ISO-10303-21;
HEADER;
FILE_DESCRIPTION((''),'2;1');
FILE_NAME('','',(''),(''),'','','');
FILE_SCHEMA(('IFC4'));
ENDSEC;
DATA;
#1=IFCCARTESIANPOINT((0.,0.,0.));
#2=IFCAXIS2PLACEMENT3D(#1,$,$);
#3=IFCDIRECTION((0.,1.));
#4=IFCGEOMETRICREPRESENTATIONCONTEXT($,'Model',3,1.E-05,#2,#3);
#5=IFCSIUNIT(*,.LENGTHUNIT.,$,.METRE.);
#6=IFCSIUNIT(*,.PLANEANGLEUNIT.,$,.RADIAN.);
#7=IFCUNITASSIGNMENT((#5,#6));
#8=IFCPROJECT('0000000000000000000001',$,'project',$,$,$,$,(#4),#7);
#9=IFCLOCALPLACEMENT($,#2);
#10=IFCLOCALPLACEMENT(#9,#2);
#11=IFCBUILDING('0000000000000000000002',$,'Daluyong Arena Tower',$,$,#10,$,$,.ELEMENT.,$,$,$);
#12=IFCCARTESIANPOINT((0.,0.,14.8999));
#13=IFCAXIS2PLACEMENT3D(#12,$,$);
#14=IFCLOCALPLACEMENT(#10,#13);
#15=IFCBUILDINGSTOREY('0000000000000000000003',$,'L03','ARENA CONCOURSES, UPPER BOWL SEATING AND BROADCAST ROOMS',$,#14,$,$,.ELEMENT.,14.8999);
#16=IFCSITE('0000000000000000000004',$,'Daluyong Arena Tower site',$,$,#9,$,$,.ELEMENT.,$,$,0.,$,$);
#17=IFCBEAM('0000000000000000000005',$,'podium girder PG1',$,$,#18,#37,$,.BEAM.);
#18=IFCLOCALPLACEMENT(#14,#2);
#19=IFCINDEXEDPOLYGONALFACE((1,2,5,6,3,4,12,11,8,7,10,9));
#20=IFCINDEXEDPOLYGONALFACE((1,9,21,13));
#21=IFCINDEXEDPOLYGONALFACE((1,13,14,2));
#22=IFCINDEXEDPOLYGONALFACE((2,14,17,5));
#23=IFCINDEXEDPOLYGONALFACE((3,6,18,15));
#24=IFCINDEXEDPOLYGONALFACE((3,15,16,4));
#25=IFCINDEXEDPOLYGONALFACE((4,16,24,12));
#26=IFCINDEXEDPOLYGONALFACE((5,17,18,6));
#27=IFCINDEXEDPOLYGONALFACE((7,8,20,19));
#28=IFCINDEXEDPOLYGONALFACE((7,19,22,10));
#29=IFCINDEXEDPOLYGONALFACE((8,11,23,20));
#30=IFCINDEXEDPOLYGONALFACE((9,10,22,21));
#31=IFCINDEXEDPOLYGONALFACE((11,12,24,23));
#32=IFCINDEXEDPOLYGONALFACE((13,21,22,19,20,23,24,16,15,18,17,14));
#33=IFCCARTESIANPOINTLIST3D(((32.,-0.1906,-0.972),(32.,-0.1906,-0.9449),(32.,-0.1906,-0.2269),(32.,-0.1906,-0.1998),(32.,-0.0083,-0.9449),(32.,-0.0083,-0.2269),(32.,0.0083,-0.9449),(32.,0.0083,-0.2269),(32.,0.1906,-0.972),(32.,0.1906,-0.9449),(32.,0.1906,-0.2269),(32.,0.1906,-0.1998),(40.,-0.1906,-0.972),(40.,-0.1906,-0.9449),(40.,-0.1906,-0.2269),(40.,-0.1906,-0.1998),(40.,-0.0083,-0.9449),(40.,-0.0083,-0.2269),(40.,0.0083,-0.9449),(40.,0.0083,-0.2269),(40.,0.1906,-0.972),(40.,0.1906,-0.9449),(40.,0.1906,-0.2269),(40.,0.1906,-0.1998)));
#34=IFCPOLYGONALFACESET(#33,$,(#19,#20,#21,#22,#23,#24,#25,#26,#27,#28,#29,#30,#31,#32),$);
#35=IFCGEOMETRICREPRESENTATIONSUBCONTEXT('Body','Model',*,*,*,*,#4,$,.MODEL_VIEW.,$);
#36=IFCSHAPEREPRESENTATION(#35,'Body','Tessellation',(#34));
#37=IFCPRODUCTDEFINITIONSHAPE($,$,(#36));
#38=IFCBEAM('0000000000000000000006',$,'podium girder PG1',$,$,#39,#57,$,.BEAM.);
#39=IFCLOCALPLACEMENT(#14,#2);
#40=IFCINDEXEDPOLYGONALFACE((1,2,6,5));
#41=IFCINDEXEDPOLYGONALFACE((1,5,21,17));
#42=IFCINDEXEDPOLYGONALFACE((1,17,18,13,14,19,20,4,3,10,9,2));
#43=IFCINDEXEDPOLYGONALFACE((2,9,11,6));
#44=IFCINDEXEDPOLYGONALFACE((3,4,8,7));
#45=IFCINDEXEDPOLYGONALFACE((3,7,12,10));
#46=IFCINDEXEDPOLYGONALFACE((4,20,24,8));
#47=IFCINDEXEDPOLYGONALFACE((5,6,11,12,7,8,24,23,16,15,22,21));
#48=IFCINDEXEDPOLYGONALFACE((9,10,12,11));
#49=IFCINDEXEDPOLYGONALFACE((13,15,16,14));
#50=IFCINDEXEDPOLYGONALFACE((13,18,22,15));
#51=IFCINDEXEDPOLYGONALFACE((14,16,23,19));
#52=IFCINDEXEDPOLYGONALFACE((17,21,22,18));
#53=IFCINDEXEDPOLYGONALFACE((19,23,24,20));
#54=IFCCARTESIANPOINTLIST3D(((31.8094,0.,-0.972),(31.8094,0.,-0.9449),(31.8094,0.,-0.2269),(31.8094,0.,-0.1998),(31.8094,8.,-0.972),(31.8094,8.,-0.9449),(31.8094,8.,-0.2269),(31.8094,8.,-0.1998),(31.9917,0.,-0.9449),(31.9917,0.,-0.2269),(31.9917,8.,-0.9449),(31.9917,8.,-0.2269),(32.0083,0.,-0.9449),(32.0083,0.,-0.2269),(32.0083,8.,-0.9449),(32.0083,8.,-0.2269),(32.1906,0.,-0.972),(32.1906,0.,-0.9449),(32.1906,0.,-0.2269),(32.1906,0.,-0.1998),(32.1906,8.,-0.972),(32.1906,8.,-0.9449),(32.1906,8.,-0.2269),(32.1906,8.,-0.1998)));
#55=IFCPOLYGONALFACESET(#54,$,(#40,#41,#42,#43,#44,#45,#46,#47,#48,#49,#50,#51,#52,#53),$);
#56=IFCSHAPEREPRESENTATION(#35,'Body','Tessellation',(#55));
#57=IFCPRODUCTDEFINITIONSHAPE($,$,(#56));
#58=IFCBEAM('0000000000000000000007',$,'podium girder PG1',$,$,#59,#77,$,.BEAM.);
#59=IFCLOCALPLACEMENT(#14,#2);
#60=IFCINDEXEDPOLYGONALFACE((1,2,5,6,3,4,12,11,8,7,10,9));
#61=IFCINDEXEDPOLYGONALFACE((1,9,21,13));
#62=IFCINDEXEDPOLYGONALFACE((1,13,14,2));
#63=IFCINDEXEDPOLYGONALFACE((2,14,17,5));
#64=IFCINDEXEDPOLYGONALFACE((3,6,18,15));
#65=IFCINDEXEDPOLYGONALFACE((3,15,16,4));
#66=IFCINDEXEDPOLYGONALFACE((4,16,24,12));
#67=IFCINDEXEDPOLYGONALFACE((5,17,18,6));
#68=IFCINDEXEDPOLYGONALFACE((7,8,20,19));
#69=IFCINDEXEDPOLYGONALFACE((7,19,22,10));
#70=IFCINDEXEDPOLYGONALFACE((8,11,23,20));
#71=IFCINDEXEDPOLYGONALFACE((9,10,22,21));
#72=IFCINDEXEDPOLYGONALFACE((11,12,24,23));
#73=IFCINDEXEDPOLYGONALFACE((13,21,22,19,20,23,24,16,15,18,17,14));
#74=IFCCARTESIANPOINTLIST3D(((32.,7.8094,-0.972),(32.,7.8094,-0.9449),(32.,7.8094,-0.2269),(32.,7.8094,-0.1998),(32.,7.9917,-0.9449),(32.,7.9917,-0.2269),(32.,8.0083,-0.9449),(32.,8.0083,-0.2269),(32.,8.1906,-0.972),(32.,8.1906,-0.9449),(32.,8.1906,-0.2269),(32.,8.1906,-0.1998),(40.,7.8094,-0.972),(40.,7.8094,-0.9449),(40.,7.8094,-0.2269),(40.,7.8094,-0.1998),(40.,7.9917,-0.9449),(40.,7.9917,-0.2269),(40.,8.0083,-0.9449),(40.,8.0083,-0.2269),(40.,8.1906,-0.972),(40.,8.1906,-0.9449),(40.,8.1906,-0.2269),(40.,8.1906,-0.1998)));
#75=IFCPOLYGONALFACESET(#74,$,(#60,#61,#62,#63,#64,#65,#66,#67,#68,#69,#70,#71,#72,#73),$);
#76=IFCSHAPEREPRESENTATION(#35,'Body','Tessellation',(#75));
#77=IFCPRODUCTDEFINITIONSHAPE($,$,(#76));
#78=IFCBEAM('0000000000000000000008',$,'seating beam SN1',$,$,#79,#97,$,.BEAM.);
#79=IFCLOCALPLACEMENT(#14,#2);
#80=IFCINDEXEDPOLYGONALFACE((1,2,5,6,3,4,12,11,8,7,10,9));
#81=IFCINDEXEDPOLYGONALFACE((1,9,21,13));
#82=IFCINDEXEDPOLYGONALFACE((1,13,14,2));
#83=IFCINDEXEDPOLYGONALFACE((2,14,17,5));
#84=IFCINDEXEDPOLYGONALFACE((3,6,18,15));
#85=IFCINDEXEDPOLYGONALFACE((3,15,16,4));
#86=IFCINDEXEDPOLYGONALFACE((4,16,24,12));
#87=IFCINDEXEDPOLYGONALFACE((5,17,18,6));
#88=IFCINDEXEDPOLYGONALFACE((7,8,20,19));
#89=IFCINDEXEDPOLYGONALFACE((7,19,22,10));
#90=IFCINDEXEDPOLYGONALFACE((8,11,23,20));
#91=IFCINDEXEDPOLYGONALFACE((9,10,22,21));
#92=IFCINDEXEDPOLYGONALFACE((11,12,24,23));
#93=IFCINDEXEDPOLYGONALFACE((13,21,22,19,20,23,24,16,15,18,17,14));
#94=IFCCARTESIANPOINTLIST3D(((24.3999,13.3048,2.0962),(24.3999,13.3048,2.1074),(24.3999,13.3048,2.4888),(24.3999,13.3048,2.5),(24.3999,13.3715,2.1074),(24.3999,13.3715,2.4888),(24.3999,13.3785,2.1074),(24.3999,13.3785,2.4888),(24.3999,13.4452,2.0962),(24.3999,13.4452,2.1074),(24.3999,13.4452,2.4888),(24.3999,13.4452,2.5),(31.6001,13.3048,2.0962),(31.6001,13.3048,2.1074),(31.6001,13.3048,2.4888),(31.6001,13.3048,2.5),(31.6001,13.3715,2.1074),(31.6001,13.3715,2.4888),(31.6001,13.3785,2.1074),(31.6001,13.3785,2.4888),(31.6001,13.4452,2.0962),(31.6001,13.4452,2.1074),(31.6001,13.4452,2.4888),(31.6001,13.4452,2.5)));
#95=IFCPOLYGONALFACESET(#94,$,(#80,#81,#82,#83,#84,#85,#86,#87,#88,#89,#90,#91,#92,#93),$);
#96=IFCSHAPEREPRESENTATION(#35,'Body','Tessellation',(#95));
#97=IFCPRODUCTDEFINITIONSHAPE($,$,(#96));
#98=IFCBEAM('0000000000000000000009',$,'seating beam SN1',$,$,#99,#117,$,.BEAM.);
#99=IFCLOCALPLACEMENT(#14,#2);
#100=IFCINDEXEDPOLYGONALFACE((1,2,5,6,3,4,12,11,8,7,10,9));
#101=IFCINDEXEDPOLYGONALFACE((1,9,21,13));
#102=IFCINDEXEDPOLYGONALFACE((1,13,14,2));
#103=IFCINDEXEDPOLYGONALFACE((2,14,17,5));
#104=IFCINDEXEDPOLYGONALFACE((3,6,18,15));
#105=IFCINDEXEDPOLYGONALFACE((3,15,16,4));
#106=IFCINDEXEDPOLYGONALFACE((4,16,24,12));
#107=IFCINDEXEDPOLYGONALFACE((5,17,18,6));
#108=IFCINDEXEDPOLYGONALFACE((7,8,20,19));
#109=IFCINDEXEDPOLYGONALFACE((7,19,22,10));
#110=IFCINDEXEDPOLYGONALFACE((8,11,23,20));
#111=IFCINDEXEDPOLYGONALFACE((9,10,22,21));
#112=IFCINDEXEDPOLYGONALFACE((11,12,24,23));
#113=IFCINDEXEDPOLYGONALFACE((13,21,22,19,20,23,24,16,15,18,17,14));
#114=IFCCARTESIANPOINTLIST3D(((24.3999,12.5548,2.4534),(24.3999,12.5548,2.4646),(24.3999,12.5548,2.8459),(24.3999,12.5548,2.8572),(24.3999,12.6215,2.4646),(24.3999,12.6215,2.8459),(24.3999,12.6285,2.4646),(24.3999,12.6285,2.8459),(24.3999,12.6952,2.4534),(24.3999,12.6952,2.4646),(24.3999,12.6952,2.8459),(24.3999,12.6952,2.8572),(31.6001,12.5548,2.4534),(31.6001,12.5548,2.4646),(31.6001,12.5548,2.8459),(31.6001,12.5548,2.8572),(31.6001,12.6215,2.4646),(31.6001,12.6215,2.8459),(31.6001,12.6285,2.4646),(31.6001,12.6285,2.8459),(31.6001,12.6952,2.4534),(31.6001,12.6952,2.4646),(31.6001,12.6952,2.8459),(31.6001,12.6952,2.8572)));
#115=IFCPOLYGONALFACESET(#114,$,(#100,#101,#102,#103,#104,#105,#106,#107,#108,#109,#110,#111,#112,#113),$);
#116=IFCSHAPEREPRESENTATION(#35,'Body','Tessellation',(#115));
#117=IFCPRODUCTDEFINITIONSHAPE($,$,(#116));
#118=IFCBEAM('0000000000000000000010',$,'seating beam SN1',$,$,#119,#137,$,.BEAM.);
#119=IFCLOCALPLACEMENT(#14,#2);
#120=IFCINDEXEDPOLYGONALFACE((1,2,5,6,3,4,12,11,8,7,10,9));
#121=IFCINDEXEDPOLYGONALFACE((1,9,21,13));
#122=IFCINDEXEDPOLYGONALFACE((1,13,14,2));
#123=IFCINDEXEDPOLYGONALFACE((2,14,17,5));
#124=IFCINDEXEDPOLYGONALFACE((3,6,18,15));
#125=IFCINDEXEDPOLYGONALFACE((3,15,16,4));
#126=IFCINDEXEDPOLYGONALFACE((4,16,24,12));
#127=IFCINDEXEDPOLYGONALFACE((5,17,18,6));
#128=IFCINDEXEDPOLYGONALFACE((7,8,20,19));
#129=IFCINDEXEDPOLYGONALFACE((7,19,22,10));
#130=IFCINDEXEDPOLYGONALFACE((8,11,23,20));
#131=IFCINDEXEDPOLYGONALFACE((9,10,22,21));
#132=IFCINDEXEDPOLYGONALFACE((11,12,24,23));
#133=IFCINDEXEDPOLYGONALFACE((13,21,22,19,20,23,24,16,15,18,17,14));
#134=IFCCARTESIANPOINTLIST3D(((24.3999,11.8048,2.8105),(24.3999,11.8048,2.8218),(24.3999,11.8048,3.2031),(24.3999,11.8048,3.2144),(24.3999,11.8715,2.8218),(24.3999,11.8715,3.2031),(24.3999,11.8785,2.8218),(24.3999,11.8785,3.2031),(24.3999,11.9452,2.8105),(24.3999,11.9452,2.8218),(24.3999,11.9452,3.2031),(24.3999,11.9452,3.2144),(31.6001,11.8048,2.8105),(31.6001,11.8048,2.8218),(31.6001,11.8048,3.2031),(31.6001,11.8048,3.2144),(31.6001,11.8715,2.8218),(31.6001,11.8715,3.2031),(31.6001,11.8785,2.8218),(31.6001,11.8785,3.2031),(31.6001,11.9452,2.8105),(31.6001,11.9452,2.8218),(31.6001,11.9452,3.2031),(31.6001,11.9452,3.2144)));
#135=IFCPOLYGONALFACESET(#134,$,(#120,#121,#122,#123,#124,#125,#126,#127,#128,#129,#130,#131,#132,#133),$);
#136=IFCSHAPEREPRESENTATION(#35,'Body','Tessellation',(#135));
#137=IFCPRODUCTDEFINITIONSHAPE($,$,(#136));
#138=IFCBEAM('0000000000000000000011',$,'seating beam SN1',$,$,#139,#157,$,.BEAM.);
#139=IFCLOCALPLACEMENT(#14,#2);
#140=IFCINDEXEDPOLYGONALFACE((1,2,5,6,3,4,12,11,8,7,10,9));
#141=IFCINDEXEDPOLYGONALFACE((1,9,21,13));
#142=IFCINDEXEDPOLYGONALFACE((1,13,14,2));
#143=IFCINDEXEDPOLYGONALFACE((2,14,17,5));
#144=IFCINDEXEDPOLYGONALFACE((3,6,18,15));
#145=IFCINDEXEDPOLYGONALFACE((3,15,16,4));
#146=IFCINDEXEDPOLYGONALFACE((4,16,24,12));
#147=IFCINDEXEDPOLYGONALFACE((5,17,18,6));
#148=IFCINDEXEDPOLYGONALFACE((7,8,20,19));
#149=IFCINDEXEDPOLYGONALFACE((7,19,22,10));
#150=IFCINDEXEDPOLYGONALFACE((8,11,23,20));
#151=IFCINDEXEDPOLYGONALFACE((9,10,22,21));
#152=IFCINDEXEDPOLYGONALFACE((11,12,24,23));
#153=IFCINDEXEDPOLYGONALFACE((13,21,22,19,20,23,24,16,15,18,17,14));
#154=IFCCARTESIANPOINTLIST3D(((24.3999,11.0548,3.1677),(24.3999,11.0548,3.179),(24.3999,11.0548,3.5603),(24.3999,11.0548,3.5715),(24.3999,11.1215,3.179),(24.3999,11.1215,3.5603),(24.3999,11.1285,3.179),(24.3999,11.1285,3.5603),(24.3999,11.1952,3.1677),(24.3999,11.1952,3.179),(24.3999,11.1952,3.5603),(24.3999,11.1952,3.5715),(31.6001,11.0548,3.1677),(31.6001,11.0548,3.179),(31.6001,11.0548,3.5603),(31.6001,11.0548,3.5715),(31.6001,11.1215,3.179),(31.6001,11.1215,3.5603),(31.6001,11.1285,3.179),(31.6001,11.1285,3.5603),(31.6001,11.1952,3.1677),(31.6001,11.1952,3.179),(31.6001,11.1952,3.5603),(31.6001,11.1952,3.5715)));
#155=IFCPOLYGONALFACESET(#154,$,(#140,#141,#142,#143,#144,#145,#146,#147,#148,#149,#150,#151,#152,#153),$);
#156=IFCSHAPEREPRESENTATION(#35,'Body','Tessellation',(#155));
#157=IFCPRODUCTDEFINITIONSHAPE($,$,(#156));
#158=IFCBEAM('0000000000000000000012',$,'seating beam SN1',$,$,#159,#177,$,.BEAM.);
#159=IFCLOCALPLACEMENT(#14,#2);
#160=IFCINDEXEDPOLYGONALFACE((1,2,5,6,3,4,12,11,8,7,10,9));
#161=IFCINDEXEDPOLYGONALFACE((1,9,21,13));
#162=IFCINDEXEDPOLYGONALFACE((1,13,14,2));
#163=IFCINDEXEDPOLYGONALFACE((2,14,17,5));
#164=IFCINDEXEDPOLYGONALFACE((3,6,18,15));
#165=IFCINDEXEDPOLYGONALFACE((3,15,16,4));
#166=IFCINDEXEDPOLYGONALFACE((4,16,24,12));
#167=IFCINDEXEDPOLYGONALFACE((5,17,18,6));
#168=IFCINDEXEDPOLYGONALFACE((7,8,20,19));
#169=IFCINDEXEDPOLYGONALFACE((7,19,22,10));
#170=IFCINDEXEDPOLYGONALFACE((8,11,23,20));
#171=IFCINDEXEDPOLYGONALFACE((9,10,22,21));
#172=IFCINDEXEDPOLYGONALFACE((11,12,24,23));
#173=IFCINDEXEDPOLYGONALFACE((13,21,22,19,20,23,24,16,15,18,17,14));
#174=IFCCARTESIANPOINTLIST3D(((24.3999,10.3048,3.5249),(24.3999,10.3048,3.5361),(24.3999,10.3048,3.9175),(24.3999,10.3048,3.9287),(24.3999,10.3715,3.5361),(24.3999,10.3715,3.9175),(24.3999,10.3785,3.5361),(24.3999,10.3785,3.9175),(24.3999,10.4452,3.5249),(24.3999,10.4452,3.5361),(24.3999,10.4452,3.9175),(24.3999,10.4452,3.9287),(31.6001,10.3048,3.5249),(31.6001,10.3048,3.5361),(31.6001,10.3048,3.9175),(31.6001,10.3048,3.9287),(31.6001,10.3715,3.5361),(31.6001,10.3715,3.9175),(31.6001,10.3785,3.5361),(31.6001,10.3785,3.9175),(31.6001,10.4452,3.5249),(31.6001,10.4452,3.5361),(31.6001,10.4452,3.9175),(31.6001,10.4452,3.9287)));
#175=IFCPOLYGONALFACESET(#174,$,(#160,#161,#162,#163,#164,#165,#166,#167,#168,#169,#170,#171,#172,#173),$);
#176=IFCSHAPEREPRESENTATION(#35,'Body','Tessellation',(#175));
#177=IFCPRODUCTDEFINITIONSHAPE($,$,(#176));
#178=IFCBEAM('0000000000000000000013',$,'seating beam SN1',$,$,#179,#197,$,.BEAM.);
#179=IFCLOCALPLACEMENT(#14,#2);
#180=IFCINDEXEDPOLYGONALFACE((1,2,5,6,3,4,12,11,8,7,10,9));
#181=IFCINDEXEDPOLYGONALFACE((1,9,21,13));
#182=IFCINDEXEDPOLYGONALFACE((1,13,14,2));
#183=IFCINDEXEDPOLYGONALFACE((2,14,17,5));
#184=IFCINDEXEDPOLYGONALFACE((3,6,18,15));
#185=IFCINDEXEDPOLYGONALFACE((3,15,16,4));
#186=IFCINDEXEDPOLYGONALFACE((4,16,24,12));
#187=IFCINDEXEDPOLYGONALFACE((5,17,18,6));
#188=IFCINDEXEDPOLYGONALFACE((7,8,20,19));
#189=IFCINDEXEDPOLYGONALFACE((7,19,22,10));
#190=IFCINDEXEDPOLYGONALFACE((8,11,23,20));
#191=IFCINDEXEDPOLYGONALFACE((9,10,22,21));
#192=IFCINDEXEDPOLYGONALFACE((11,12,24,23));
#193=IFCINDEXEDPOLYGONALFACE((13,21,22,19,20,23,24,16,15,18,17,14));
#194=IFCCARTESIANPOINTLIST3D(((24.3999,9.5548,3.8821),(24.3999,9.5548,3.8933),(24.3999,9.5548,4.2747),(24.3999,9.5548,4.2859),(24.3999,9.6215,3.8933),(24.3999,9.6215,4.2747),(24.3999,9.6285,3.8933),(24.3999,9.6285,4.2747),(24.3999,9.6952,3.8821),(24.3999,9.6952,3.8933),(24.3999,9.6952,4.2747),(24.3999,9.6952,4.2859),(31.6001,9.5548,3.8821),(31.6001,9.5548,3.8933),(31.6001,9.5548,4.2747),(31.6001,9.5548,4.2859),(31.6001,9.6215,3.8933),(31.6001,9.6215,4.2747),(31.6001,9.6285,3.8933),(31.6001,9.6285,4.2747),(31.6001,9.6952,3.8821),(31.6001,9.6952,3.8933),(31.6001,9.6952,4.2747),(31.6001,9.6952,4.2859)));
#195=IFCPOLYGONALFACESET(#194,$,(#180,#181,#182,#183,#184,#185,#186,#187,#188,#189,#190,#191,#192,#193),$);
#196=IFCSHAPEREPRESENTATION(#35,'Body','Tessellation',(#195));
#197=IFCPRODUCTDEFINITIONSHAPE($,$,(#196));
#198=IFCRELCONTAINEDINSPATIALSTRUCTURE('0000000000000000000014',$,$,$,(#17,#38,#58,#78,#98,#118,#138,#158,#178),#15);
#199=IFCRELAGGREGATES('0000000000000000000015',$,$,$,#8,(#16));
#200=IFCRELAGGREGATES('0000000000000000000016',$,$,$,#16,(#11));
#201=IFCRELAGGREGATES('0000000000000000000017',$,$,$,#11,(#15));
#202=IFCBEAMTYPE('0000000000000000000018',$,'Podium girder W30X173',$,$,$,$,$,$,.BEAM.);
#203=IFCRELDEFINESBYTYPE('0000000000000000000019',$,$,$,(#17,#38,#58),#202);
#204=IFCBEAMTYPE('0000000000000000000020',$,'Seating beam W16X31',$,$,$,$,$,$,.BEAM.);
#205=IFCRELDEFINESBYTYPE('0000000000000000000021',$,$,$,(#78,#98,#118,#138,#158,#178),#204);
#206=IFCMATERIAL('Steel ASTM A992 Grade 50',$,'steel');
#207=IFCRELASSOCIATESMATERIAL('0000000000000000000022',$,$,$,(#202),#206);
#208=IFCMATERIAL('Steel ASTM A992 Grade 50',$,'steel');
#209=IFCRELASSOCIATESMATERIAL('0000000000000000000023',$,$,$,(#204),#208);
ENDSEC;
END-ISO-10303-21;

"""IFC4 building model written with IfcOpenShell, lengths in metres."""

from ifc_helpers import new_model, si_unit, direction, frame, origin, origin_2d, place, context, subcontext, project, spatial, i_section, extrude, material, material_profile, profile_set, type_object, element, save


model = new_model("IFC4")

# Units and contexts
model_context = context("Model", 3, precision=1e-05, world=origin(), true_north=direction((0.0, 1.0)))
body_context = subcontext(model_context, "Body", "Model", "MODEL_VIEW")
ifc_project = project(units=[si_unit("LENGTHUNIT", "METRE"), si_unit("PLANEANGLEUNIT", "RADIAN")], contexts=[model_context])

# Site, building, storey
site_placement = place(None, origin())
site = spatial("IfcSite", under=ifc_project, at=site_placement, Name="Daluyong Arena Tower site", CompositionType="ELEMENT", RefElevation=0.0)
building_placement = place(site_placement, origin())
building = spatial("IfcBuilding", under=site, at=building_placement, Name="Daluyong Arena Tower", CompositionType="ELEMENT")
storey_placement = place(building_placement, frame((0.0, 0.0, 14.8999)))
storey = spatial("IfcBuildingStorey", under=building, at=storey_placement, Name="L03", Description="ARENA CONCOURSES, UPPER BOWL SEATING AND BROADCAST ROOMS", CompositionType="ELEMENT", Elevation=14.8999)

# Beams
ifc_material_1 = material(Name="Steel ASTM A992 Grade 50", Category="steel")
ifc_material_profile_1 = material_profile(ifc_material_1, i_section(OverallWidth=0.3811, OverallDepth=0.7722, WebThickness=0.0166, FlangeThickness=0.0271, at=origin_2d()))
ifc_profile_set_1 = profile_set([ifc_material_profile_1], Name="Steel ASTM A992 Grade 50")
beam_type_1 = type_object("IfcBeamType", Name="Podium girder W30X173", PredefinedType="BEAM", material=ifc_profile_set_1)
for number, where, z_axis, x_axis, name in (
    (1, (32.0, 0.0, -0.5859), (1.0, 0.0, 0.0), (0.0, 1.0, 0.0), "podium girder PG1"),
    (2, (32.0, 0.0, -0.5859), (0.0, 1.0, 0.0), (-1.0, 0.0, 0.0), "podium girder PG1"),
    (3, (32.0, 8.0, -0.5859), (1.0, 0.0, 0.0), (0.0, 1.0, 0.0), "podium girder PG1"),
):
    element("IfcBeam", number, at=place(storey_placement, frame(where, z_axis=z_axis, x_axis=x_axis)), inside=storey, type_object=beam_type_1, Name=name, PredefinedType="BEAM", context=body_context, shape_type="SweptSolid", body=[
        extrude(i_section(OverallWidth=0.3811, OverallDepth=0.7722, WebThickness=0.0166, FlangeThickness=0.0271, at=origin_2d()), origin(), (0.0, 0.0, 1.0), 8.0),
    ])
ifc_material_2 = material(Name="Steel ASTM A992 Grade 50", Category="steel")
ifc_material_profile_2 = material_profile(ifc_material_2, i_section(OverallWidth=0.1404, OverallDepth=0.4038, WebThickness=0.0071, FlangeThickness=0.0112, at=origin_2d()))
ifc_profile_set_2 = profile_set([ifc_material_profile_2], Name="Steel ASTM A992 Grade 50")
beam_type_2 = type_object("IfcBeamType", Name="Seating beam W16X31", PredefinedType="BEAM", material=ifc_profile_set_2)
for number, where, z_axis, x_axis, name in (
    (4, (24.3999, 13.375, 2.2981), (1.0, 0.0, 0.0), (0.0, 1.0, 0.0), "seating beam SN1"),
    (5, (24.3999, 12.625, 2.6553), (1.0, 0.0, 0.0), (0.0, 1.0, 0.0), "seating beam SN1"),
    (6, (24.3999, 11.875, 3.0125), (1.0, 0.0, 0.0), (0.0, 1.0, 0.0), "seating beam SN1"),
    (7, (24.3999, 11.125, 3.3696), (1.0, 0.0, 0.0), (0.0, 1.0, 0.0), "seating beam SN1"),
    (8, (24.3999, 10.375, 3.7268), (1.0, 0.0, 0.0), (0.0, 1.0, 0.0), "seating beam SN1"),
    (9, (24.3999, 9.625, 4.084), (1.0, 0.0, 0.0), (0.0, 1.0, 0.0), "seating beam SN1"),
):
    element("IfcBeam", number, at=place(storey_placement, frame(where, z_axis=z_axis, x_axis=x_axis)), inside=storey, type_object=beam_type_2, Name=name, PredefinedType="BEAM", context=body_context, shape_type="SweptSolid", body=[
        extrude(i_section(OverallWidth=0.1404, OverallDepth=0.4038, WebThickness=0.0071, FlangeThickness=0.0112, at=origin_2d()), origin(), (0.0, 0.0, 1.0), 7.2002),
    ])

save(model, "model.ifc")
